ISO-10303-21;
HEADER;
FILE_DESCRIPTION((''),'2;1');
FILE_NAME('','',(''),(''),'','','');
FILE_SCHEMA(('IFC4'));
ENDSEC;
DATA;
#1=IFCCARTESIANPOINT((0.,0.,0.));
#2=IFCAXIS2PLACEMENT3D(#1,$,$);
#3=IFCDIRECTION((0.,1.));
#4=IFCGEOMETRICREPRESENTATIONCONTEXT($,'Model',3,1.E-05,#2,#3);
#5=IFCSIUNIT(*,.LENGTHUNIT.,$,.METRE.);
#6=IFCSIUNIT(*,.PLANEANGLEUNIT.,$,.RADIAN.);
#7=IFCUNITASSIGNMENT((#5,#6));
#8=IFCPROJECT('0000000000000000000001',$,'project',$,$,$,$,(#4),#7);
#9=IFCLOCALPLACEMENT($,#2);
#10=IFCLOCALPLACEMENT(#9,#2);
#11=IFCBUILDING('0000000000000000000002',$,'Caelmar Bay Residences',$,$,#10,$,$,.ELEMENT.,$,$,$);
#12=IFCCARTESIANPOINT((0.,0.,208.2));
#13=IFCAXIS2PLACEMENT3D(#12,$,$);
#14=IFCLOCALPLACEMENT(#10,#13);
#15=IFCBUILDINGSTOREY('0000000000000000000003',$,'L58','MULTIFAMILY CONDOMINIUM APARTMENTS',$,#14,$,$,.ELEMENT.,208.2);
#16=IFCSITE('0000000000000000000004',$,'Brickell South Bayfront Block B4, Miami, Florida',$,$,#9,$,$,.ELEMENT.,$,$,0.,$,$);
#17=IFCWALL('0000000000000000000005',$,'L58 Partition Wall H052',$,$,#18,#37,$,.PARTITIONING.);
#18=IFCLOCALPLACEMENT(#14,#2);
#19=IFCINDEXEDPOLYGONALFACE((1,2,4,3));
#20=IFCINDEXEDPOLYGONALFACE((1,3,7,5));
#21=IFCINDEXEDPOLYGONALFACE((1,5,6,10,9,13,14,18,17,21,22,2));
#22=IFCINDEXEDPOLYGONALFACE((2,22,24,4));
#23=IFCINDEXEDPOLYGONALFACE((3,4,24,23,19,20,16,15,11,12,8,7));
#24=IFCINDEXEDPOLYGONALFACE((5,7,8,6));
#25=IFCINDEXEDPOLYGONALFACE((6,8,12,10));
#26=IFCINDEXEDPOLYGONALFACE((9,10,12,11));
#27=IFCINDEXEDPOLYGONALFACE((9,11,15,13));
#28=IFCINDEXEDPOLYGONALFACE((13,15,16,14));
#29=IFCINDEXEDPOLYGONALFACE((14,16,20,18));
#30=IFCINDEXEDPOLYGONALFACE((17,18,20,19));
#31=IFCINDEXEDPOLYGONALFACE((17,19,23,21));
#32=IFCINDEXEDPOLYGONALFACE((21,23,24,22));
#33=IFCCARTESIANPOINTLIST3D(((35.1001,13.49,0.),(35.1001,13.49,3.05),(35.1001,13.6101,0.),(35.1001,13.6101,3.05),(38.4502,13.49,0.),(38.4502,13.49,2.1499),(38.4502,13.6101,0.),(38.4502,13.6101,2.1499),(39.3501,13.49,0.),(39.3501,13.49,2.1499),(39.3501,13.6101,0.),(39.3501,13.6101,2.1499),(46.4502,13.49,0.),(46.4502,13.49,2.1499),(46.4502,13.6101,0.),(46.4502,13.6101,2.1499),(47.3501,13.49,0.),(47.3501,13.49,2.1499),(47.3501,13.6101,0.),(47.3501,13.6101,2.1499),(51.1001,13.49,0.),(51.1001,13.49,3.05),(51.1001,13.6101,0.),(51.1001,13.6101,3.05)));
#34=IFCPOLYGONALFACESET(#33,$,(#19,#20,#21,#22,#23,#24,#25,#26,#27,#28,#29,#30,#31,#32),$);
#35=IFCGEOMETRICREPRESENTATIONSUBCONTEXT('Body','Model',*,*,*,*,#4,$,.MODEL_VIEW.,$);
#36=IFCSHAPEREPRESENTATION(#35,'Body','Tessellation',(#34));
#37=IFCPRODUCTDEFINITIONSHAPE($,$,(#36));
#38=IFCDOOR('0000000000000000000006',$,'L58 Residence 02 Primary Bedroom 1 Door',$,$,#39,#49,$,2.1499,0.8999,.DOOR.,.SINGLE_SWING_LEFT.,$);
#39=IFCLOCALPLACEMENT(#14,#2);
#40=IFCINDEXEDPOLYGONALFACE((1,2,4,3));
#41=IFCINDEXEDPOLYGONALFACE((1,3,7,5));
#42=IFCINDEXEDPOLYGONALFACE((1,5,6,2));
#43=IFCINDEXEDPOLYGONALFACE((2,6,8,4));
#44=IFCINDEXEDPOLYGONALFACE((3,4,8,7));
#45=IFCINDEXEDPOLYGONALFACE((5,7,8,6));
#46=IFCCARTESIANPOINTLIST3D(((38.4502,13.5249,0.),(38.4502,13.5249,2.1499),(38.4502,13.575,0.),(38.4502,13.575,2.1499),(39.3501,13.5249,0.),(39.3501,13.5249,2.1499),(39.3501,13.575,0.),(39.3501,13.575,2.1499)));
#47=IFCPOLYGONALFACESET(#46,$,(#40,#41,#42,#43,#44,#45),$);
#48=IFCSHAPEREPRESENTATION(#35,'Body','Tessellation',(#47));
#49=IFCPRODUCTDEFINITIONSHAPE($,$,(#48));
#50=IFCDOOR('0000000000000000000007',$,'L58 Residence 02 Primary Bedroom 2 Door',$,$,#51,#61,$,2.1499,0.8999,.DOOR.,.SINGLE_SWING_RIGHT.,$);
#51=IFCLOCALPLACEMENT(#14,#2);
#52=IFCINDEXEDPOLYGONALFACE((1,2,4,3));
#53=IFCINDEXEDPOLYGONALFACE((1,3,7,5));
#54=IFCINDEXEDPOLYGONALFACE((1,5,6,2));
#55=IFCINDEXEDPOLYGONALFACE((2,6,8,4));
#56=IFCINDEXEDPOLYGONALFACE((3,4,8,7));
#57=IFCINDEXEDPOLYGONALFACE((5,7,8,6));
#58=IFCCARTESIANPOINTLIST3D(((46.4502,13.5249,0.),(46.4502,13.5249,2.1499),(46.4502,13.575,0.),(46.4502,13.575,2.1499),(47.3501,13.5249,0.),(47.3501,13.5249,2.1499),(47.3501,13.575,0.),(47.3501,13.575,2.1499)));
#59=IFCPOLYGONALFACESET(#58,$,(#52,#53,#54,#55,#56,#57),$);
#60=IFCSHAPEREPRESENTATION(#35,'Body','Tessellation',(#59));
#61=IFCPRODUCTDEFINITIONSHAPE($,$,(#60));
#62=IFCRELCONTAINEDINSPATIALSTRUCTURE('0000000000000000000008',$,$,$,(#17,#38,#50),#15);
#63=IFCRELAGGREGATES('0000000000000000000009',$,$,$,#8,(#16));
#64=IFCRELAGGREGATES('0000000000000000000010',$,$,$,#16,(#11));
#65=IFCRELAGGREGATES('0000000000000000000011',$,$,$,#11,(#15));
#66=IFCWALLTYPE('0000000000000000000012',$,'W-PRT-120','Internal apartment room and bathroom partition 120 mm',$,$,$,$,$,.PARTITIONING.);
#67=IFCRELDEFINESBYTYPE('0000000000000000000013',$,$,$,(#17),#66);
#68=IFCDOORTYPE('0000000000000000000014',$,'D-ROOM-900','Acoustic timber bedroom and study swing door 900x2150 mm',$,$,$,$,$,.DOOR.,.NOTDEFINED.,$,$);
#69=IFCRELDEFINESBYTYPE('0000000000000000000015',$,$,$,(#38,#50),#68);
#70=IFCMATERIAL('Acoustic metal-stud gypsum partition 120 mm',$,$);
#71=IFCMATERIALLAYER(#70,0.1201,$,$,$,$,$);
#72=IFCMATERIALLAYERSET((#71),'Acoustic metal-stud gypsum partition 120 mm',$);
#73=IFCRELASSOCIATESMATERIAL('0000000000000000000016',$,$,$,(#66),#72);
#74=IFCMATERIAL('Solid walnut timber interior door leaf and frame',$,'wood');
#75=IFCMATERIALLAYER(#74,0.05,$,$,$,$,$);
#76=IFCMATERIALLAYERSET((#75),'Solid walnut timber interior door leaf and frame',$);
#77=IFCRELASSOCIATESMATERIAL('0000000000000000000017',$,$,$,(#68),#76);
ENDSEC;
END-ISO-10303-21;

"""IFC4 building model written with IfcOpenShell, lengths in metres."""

from ifc_helpers import new_model, si_unit, direction, frame, frame_2d, origin, place, context, subcontext, project, spatial, rectangle, extrude, material, layer, layer_set, type_object, element, fill, save


model = new_model("IFC4")

# Units and contexts
model_context = context("Model", 3, precision=1e-05, world=origin(), true_north=direction((0.0, 1.0)))
body_context = subcontext(model_context, "Body", "Model", "MODEL_VIEW")
ifc_project = project(units=[si_unit("LENGTHUNIT", "METRE"), si_unit("PLANEANGLEUNIT", "RADIAN")], contexts=[model_context])

# Site, building, storey
site_placement = place(None, origin())
site = spatial("IfcSite", under=ifc_project, at=site_placement, Name="Brickell South Bayfront Block B4, Miami, Florida", CompositionType="ELEMENT", RefElevation=0.0)
building_placement = place(site_placement, origin())
building = spatial("IfcBuilding", under=site, at=building_placement, Name="Caelmar Bay Residences", CompositionType="ELEMENT")
storey_placement = place(building_placement, frame((0.0, 0.0, 208.2)))
storey = spatial("IfcBuildingStorey", under=building, at=storey_placement, Name="L58", Description="MULTIFAMILY CONDOMINIUM APARTMENTS", CompositionType="ELEMENT", Elevation=208.2)

# Shared definitions
ifc_material_1 = material(Name="Acoustic metal-stud gypsum partition 120 mm")
ifc_layer_1 = layer(ifc_material_1, 0.1201)
ifc_layer_set_1 = layer_set([ifc_layer_1], Name="Acoustic metal-stud gypsum partition 120 mm")
wall_type = type_object("IfcWallType", Name="W-PRT-120", Description="Internal apartment room and bathroom partition 120 mm", PredefinedType="PARTITIONING", material=ifc_layer_set_1)

# Shared definitions
ifc_material_2 = material(Name="Solid walnut timber interior door leaf and frame", Category="wood")
ifc_layer_2 = layer(ifc_material_2, 0.05)
ifc_layer_set_2 = layer_set([ifc_layer_2], Name="Solid walnut timber interior door leaf and frame")
door_type = type_object("IfcDoorType", Name="D-ROOM-900", Description="Acoustic timber bedroom and study swing door 900x2150 mm", OperationType="NOTDEFINED", PredefinedType="DOOR", material=ifc_layer_set_2)

# Wall, openings, doors
wall_1_placement = place(storey_placement, frame((35.1001, 13.55, 0.0), z_axis=(0.0, 0.0, 1.0), x_axis=(1.0, 0.0, 0.0)))
wall_1 = element("IfcWall", 1, at=wall_1_placement, inside=storey, type_object=wall_type, Name="L58 Partition Wall H052", PredefinedType="PARTITIONING", context=body_context, shape_type="SweptSolid", body=[
    extrude(rectangle(XDim=16.0, YDim=0.1201, at=frame_2d((8.0, 0.0))), origin(), (0.0, 0.0, 1.0), 3.05),
])
opening_1_placement = place(wall_1_placement, frame((3.3501, 0.0, 0.0)))
opening_1 = element("IfcOpeningElement", 2, at=opening_1_placement, cuts=wall_1, PredefinedType="OPENING", context=body_context, shape_type="SweptSolid", body=[
    extrude(rectangle(XDim=0.8999, YDim=2.1499, at=frame_2d((0.45, 1.075))), frame((0.0, 0.0701, 0.0), z_axis=(0.0, -1.0, 0.0), x_axis=(1.0, 0.0, 0.0)), (0.0, 0.0, 1.0), 0.1401),
])
opening_2_placement = place(wall_1_placement, frame((11.3501, 0.0, 0.0)))
opening_2 = element("IfcOpeningElement", 3, at=opening_2_placement, cuts=wall_1, PredefinedType="OPENING", context=body_context, shape_type="SweptSolid", body=[
    extrude(rectangle(XDim=0.8999, YDim=2.1499, at=frame_2d((0.45, 1.075))), frame((0.0, 0.0701, 0.0), z_axis=(0.0, -1.0, 0.0), x_axis=(1.0, 0.0, 0.0)), (0.0, 0.0, 1.0), 0.1401),
])
door_1_placement = place(opening_1_placement, origin())
door_1 = element("IfcDoor", 4, at=door_1_placement, inside=storey, type_object=door_type, Name="L58 Residence 02 Primary Bedroom 1 Door", OperationType="SINGLE_SWING_LEFT", OverallHeight=2.1499, OverallWidth=0.8999, PredefinedType="DOOR", context=body_context, shape_type="SweptSolid", body=[
    extrude(rectangle(XDim=0.8999, YDim=2.1499, at=frame_2d((0.45, 1.075))), frame((0.0, 0.0249, 0.0), z_axis=(0.0, -1.0, 0.0), x_axis=(1.0, 0.0, 0.0)), (0.0, 0.0, 1.0), 0.05),
])
fill(opening_1, door_1)
door_2_placement = place(opening_2_placement, origin())
door_2 = element("IfcDoor", 5, at=door_2_placement, inside=storey, type_object=door_type, Name="L58 Residence 02 Primary Bedroom 2 Door", OperationType="SINGLE_SWING_RIGHT", OverallHeight=2.1499, OverallWidth=0.8999, PredefinedType="DOOR", context=body_context, shape_type="SweptSolid", body=[
    extrude(rectangle(XDim=0.8999, YDim=2.1499, at=frame_2d((0.45, 1.075))), frame((0.0, 0.0249, 0.0), z_axis=(0.0, -1.0, 0.0), x_axis=(1.0, 0.0, 0.0)), (0.0, 0.0, 1.0), 0.05),
])
fill(opening_2, door_2)

save(model, "model.ifc")
